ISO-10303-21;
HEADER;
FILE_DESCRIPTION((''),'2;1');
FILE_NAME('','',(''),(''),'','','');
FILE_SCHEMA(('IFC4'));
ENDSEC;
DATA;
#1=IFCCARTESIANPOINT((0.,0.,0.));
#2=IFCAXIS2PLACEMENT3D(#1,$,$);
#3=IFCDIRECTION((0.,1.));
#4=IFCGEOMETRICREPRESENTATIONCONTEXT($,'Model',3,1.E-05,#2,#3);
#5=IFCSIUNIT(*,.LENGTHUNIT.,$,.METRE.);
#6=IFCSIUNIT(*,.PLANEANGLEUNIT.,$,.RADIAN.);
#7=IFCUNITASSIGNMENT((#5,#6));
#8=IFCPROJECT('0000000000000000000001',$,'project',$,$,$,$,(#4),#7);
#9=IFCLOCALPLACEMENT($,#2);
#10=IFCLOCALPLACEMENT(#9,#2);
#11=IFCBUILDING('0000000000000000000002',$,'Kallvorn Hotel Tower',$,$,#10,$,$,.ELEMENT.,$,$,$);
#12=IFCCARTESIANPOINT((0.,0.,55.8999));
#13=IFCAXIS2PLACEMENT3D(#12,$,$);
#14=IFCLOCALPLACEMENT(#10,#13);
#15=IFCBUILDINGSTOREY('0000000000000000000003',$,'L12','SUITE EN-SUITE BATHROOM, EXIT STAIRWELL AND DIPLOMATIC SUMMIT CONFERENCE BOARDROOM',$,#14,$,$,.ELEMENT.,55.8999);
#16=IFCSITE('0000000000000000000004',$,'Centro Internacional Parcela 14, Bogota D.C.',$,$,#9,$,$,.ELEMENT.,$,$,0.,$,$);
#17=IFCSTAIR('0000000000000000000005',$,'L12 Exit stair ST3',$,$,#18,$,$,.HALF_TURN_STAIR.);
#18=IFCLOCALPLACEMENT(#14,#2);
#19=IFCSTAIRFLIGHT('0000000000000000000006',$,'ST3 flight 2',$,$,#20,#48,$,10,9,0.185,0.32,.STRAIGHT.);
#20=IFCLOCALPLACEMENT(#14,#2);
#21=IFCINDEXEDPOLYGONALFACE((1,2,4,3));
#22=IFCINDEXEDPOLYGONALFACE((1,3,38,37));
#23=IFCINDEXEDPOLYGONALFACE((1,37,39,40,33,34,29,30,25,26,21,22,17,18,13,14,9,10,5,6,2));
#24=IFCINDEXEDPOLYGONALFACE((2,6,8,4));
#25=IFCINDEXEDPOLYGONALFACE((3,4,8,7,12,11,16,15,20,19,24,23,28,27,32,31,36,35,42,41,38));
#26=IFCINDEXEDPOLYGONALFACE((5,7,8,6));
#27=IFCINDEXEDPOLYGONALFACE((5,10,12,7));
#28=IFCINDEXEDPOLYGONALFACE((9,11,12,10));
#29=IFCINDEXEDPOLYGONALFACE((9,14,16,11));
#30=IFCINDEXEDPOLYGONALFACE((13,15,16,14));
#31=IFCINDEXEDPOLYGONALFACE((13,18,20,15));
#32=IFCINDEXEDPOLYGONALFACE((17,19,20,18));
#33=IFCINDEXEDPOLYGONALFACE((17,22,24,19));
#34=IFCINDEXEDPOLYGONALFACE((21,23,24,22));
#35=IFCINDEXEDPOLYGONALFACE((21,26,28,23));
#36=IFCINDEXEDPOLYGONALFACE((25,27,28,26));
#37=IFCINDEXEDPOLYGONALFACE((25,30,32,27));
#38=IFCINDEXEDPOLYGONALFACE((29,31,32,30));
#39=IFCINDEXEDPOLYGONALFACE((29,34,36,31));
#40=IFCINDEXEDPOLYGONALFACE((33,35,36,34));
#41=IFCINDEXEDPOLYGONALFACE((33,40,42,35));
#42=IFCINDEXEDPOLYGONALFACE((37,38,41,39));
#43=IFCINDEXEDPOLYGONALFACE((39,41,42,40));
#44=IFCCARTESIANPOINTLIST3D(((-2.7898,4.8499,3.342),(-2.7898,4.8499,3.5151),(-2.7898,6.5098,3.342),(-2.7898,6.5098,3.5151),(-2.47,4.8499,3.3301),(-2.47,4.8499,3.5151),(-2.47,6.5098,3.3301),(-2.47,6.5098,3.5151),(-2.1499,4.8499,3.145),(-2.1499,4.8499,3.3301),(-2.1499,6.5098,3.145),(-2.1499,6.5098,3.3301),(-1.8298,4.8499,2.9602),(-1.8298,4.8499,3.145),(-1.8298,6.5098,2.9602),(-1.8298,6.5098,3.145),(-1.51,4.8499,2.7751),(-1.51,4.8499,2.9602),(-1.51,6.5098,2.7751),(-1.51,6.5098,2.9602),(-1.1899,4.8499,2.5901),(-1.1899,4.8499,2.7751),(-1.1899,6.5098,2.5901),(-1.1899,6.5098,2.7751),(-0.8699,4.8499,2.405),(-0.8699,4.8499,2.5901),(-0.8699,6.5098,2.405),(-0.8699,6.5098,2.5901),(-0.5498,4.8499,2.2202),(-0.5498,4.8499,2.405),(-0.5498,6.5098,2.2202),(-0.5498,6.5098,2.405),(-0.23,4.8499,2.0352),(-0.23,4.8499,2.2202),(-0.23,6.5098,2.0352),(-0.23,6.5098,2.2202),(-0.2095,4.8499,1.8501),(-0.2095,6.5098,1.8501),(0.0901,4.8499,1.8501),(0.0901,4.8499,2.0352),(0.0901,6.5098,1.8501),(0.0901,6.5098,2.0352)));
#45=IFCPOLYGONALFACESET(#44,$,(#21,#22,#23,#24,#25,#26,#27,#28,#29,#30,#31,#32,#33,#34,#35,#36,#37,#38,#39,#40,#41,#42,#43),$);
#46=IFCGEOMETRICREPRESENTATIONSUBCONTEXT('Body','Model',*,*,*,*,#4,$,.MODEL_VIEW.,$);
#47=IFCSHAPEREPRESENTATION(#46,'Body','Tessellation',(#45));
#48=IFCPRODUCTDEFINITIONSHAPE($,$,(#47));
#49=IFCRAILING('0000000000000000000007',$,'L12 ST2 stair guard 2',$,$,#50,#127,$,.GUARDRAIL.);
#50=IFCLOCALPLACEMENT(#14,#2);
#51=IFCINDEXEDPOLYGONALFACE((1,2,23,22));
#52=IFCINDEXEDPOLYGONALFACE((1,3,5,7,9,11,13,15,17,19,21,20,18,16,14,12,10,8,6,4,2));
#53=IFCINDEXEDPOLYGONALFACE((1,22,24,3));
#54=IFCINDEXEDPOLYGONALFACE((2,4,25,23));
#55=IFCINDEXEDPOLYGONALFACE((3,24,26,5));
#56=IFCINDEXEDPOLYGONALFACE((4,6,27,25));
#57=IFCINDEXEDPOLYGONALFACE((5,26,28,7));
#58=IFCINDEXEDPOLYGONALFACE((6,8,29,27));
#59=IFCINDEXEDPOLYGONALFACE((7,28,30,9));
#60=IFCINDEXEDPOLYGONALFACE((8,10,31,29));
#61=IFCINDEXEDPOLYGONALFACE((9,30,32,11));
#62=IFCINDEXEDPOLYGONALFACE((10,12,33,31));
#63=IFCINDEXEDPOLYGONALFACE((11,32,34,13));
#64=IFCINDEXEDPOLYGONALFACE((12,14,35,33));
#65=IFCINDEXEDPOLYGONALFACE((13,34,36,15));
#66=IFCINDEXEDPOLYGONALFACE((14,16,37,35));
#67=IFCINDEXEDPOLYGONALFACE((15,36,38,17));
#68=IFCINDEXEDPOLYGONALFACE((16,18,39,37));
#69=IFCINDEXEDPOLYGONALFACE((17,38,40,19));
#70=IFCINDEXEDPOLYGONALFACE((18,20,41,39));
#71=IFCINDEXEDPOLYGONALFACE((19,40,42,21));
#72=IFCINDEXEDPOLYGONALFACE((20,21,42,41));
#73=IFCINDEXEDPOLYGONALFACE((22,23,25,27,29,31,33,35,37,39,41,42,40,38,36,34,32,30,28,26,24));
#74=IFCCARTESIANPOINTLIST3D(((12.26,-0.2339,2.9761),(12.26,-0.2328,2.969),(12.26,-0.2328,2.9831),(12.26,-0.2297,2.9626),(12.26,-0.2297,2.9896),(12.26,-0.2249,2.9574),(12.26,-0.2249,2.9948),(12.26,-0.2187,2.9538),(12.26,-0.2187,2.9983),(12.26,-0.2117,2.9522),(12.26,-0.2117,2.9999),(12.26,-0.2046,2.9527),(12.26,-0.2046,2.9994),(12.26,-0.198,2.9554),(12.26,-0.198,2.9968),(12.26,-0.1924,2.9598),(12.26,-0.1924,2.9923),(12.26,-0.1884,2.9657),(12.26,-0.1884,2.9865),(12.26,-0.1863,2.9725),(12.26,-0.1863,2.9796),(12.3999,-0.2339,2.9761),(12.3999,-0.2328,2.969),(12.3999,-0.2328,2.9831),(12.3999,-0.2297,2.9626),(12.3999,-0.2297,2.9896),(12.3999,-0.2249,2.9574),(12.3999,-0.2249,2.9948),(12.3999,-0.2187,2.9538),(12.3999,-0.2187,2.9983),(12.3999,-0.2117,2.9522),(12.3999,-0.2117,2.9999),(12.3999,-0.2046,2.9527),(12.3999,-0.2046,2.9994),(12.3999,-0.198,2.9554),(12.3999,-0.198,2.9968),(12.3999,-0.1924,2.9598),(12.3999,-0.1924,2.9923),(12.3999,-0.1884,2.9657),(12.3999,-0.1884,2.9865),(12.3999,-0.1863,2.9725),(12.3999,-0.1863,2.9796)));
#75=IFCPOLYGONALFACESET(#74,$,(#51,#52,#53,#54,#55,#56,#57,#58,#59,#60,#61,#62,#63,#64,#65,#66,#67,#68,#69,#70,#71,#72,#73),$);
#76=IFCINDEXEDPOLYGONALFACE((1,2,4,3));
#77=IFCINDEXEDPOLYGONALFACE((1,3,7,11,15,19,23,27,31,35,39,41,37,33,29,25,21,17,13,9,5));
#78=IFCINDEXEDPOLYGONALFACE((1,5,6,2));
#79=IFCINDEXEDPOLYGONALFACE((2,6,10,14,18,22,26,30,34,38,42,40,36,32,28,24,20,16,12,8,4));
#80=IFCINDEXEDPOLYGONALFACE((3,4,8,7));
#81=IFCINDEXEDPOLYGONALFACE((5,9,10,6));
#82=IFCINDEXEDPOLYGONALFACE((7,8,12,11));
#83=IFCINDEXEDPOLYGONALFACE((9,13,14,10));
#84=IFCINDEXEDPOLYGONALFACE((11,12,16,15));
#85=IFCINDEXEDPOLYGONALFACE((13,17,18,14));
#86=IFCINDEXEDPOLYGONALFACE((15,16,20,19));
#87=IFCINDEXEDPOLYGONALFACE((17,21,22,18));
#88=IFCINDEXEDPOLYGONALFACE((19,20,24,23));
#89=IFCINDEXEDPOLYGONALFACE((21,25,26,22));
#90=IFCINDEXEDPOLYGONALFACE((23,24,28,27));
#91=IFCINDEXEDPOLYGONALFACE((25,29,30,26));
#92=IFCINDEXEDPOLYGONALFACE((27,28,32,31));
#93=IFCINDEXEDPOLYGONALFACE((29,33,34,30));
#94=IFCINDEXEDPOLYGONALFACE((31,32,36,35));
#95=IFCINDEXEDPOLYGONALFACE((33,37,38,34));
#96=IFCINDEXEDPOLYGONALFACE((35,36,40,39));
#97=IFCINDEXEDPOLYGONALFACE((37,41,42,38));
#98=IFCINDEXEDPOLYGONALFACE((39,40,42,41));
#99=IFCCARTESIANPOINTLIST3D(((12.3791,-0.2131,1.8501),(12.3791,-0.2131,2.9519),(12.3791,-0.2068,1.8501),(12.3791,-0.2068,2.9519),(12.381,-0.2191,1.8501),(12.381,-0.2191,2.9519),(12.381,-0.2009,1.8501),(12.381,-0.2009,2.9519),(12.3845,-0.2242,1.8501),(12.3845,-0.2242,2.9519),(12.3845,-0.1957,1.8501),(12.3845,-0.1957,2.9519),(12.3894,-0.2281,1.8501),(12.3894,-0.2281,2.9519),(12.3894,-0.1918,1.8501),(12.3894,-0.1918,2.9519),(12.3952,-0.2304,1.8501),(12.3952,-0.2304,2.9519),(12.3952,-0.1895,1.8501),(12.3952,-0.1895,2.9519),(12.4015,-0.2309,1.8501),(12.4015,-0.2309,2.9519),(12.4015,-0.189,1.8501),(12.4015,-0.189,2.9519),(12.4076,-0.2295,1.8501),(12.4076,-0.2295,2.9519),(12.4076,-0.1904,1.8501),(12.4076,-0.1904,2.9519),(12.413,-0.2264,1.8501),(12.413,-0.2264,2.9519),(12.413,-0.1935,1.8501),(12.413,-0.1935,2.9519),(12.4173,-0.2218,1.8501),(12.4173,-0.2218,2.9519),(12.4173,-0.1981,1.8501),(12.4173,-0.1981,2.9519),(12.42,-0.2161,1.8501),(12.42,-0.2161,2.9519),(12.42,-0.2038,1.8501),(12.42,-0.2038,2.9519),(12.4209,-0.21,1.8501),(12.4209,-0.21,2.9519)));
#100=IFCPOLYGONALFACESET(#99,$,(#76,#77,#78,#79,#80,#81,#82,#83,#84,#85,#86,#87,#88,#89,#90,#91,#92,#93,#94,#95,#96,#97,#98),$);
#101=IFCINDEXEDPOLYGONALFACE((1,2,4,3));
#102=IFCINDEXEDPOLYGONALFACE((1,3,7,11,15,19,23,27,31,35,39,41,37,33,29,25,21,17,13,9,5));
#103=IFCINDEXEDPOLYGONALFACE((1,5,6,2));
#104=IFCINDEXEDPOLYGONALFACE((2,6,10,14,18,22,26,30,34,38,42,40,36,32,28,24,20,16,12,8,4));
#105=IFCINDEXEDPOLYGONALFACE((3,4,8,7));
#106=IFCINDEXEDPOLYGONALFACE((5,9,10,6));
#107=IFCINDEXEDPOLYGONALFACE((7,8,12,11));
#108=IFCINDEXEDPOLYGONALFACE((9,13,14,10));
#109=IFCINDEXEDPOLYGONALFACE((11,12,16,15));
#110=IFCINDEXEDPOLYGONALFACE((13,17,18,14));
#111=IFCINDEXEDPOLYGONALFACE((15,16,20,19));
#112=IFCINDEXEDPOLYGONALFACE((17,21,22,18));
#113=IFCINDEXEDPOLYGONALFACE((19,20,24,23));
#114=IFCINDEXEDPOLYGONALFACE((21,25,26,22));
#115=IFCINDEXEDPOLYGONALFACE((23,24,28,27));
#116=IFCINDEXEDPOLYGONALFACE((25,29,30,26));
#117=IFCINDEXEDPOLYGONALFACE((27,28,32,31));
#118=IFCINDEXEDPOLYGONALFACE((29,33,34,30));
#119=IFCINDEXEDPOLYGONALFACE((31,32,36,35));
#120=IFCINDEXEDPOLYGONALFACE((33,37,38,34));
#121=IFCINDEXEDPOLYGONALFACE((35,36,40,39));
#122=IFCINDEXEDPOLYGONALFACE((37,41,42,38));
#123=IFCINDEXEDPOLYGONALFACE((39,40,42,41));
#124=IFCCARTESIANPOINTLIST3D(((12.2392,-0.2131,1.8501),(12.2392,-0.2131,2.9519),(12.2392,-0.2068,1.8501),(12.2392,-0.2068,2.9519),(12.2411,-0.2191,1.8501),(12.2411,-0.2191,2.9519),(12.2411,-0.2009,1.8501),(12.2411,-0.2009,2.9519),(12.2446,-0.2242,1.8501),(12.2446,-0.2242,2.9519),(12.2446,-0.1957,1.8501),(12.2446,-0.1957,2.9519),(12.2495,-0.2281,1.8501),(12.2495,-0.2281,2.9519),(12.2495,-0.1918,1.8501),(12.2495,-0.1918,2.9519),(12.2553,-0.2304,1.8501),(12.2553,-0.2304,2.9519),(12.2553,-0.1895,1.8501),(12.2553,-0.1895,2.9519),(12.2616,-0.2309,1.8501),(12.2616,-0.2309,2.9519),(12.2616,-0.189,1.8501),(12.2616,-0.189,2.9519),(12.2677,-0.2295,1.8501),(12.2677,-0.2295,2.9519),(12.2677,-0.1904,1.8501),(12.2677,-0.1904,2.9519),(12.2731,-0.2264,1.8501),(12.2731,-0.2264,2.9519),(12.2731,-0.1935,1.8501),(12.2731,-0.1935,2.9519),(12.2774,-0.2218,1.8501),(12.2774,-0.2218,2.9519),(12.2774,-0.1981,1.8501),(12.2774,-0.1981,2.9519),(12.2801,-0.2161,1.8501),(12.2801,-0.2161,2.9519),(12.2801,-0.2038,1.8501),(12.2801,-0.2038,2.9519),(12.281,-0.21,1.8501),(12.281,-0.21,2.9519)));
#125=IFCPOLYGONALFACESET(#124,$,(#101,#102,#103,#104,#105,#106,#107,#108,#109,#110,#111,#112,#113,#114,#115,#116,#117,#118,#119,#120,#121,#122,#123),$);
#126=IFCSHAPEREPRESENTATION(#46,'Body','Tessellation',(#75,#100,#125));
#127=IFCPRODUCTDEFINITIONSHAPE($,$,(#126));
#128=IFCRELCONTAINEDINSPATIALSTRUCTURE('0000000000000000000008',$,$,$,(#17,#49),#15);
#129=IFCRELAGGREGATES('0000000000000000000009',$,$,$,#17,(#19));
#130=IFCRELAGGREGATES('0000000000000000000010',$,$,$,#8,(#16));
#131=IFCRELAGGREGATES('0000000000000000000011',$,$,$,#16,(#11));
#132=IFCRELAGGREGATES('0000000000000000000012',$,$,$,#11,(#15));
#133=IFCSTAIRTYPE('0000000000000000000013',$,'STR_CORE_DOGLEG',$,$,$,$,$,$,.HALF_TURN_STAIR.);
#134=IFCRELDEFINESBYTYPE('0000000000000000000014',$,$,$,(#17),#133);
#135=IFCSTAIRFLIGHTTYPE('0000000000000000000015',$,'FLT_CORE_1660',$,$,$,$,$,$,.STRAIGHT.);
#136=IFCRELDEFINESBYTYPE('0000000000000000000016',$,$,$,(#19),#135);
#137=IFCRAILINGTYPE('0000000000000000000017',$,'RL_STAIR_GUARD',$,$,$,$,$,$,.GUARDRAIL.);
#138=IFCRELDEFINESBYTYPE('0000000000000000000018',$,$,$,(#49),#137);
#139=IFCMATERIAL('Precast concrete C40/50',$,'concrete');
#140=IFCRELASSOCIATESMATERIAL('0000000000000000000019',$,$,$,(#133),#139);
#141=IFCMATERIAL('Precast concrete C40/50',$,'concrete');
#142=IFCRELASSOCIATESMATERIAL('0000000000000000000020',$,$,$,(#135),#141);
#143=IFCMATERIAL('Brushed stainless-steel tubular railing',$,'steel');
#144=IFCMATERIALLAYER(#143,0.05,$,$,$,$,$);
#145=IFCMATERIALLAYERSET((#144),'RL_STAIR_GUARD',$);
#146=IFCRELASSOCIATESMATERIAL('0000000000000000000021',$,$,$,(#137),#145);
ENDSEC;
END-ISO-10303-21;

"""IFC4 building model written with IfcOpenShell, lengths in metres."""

from ifc_helpers import new_model, si_unit, direction, frame, origin, origin_2d, place, context, subcontext, project, spatial, polyline, circle, outline, extrude, material, layer, layer_set, type_object, element, aggregate, save


model = new_model("IFC4")

# Units and contexts
model_context = context("Model", 3, precision=1e-05, world=origin(), true_north=direction((0.0, 1.0)))
body_context = subcontext(model_context, "Body", "Model", "MODEL_VIEW")
ifc_project = project(units=[si_unit("LENGTHUNIT", "METRE"), si_unit("PLANEANGLEUNIT", "RADIAN")], contexts=[model_context])

# Site, building, storey
site_placement = place(None, origin())
site = spatial("IfcSite", under=ifc_project, at=site_placement, Name="Centro Internacional Parcela 14, Bogota D.C.", CompositionType="ELEMENT", RefElevation=0.0)
building_placement = place(site_placement, origin())
building = spatial("IfcBuilding", under=site, at=building_placement, Name="Kallvorn Hotel Tower", CompositionType="ELEMENT")
storey_placement = place(building_placement, frame((0.0, 0.0, 55.8999)))
storey = spatial("IfcBuildingStorey", under=building, at=storey_placement, Name="L12", Description="SUITE EN-SUITE BATHROOM, EXIT STAIRWELL AND DIPLOMATIC SUMMIT CONFERENCE BOARDROOM", CompositionType="ELEMENT", Elevation=55.8999)

# Stair
ifc_material_1 = material(Name="Precast concrete C40/50", Category="concrete")
stair_type = type_object("IfcStairType", Name="STR_CORE_DOGLEG", PredefinedType="HALF_TURN_STAIR", material=ifc_material_1)
stair_1_placement = place(storey_placement, origin())
stair_1 = element("IfcStair", 1, at=stair_1_placement, inside=storey, type_object=stair_type, Name="L12 Exit stair ST3", PredefinedType="HALF_TURN_STAIR")

# Stair flight
ifc_material_2 = material(Name="Precast concrete C40/50", Category="concrete")
stair_flight_type = type_object("IfcStairFlightType", Name="FLT_CORE_1660", PredefinedType="STRAIGHT", material=ifc_material_2)
stair_flight_1_placement = place(storey_placement, frame((0.0901, 5.6799, 1.8501), z_axis=(0.0, 0.0, 1.0), x_axis=(-1.0, 0.0, 0.0)))
stair_flight_1 = element("IfcStairFlight", 2, at=stair_flight_1_placement, type_object=stair_flight_type, Name="ST3 flight 2", NumberOfRisers=10, NumberOfTreads=9, PredefinedType="STRAIGHT", RiserHeight=0.185, TreadLength=0.32, context=body_context, shape_type="SweptSolid", body=[
    extrude(outline(polyline([(0.0, 0.0), (0.0, 0.1851), (0.3201, 0.1851), (0.3201, 0.3701), (0.6399, 0.3701), (0.6399, 0.5549), (0.96, 0.5549), (0.96, 0.74), (1.28, 0.74), (1.28, 0.925), (1.6001, 0.925), (1.6001, 1.1101), (1.9199, 1.1101), (1.9199, 1.2949), (2.24, 1.2949), (2.24, 1.48), (2.5601, 1.48), (2.5601, 1.665), (2.8799, 1.665), (2.8799, 1.8501), (2.8799, 1.4919), (0.2996, 0.0), (0.0, 0.0)])), frame((0.0, 0.8301, 0.0), z_axis=(0.0, -1.0, 0.0), x_axis=(1.0, 0.0, 0.0)), (0.0, 0.0, 1.0), 1.6599),
])
aggregate(stair_1, [stair_flight_1])

# Railing
ifc_material_3 = material(Name="Brushed stainless-steel tubular railing", Category="steel")
ifc_layer_1 = layer(ifc_material_3, 0.05)
ifc_layer_set_1 = layer_set([ifc_layer_1], Name="RL_STAIR_GUARD")
railing_type_1 = type_object("IfcRailingType", Name="RL_STAIR_GUARD", PredefinedType="GUARDRAIL", material=ifc_layer_set_1)
railing_1_placement = place(storey_placement, frame((12.3999, -0.21, 1.8501)))
element("IfcRailing", 3, at=railing_1_placement, inside=storey, type_object=railing_type_1, Name="L12 ST2 stair guard 2", PredefinedType="GUARDRAIL", context=body_context, shape_type="SweptSolid", body=[
    extrude(circle(Radius=0.0239, at=origin_2d()), frame((0.0, 0.0, 1.126), z_axis=(-1.0, 0.0, 0.0), x_axis=(0.0, -1.0, 0.0)), (0.0, 0.0, 1.0), 0.1399),
    extrude(circle(Radius=0.021, at=origin_2d()), origin(), (0.0, 0.0, 1.0), 1.1018),
    extrude(circle(Radius=0.021, at=origin_2d()), frame((-0.1399, 0.0, 0.0)), (0.0, 0.0, 1.0), 1.1018),
])

save(model, "model.ifc")
